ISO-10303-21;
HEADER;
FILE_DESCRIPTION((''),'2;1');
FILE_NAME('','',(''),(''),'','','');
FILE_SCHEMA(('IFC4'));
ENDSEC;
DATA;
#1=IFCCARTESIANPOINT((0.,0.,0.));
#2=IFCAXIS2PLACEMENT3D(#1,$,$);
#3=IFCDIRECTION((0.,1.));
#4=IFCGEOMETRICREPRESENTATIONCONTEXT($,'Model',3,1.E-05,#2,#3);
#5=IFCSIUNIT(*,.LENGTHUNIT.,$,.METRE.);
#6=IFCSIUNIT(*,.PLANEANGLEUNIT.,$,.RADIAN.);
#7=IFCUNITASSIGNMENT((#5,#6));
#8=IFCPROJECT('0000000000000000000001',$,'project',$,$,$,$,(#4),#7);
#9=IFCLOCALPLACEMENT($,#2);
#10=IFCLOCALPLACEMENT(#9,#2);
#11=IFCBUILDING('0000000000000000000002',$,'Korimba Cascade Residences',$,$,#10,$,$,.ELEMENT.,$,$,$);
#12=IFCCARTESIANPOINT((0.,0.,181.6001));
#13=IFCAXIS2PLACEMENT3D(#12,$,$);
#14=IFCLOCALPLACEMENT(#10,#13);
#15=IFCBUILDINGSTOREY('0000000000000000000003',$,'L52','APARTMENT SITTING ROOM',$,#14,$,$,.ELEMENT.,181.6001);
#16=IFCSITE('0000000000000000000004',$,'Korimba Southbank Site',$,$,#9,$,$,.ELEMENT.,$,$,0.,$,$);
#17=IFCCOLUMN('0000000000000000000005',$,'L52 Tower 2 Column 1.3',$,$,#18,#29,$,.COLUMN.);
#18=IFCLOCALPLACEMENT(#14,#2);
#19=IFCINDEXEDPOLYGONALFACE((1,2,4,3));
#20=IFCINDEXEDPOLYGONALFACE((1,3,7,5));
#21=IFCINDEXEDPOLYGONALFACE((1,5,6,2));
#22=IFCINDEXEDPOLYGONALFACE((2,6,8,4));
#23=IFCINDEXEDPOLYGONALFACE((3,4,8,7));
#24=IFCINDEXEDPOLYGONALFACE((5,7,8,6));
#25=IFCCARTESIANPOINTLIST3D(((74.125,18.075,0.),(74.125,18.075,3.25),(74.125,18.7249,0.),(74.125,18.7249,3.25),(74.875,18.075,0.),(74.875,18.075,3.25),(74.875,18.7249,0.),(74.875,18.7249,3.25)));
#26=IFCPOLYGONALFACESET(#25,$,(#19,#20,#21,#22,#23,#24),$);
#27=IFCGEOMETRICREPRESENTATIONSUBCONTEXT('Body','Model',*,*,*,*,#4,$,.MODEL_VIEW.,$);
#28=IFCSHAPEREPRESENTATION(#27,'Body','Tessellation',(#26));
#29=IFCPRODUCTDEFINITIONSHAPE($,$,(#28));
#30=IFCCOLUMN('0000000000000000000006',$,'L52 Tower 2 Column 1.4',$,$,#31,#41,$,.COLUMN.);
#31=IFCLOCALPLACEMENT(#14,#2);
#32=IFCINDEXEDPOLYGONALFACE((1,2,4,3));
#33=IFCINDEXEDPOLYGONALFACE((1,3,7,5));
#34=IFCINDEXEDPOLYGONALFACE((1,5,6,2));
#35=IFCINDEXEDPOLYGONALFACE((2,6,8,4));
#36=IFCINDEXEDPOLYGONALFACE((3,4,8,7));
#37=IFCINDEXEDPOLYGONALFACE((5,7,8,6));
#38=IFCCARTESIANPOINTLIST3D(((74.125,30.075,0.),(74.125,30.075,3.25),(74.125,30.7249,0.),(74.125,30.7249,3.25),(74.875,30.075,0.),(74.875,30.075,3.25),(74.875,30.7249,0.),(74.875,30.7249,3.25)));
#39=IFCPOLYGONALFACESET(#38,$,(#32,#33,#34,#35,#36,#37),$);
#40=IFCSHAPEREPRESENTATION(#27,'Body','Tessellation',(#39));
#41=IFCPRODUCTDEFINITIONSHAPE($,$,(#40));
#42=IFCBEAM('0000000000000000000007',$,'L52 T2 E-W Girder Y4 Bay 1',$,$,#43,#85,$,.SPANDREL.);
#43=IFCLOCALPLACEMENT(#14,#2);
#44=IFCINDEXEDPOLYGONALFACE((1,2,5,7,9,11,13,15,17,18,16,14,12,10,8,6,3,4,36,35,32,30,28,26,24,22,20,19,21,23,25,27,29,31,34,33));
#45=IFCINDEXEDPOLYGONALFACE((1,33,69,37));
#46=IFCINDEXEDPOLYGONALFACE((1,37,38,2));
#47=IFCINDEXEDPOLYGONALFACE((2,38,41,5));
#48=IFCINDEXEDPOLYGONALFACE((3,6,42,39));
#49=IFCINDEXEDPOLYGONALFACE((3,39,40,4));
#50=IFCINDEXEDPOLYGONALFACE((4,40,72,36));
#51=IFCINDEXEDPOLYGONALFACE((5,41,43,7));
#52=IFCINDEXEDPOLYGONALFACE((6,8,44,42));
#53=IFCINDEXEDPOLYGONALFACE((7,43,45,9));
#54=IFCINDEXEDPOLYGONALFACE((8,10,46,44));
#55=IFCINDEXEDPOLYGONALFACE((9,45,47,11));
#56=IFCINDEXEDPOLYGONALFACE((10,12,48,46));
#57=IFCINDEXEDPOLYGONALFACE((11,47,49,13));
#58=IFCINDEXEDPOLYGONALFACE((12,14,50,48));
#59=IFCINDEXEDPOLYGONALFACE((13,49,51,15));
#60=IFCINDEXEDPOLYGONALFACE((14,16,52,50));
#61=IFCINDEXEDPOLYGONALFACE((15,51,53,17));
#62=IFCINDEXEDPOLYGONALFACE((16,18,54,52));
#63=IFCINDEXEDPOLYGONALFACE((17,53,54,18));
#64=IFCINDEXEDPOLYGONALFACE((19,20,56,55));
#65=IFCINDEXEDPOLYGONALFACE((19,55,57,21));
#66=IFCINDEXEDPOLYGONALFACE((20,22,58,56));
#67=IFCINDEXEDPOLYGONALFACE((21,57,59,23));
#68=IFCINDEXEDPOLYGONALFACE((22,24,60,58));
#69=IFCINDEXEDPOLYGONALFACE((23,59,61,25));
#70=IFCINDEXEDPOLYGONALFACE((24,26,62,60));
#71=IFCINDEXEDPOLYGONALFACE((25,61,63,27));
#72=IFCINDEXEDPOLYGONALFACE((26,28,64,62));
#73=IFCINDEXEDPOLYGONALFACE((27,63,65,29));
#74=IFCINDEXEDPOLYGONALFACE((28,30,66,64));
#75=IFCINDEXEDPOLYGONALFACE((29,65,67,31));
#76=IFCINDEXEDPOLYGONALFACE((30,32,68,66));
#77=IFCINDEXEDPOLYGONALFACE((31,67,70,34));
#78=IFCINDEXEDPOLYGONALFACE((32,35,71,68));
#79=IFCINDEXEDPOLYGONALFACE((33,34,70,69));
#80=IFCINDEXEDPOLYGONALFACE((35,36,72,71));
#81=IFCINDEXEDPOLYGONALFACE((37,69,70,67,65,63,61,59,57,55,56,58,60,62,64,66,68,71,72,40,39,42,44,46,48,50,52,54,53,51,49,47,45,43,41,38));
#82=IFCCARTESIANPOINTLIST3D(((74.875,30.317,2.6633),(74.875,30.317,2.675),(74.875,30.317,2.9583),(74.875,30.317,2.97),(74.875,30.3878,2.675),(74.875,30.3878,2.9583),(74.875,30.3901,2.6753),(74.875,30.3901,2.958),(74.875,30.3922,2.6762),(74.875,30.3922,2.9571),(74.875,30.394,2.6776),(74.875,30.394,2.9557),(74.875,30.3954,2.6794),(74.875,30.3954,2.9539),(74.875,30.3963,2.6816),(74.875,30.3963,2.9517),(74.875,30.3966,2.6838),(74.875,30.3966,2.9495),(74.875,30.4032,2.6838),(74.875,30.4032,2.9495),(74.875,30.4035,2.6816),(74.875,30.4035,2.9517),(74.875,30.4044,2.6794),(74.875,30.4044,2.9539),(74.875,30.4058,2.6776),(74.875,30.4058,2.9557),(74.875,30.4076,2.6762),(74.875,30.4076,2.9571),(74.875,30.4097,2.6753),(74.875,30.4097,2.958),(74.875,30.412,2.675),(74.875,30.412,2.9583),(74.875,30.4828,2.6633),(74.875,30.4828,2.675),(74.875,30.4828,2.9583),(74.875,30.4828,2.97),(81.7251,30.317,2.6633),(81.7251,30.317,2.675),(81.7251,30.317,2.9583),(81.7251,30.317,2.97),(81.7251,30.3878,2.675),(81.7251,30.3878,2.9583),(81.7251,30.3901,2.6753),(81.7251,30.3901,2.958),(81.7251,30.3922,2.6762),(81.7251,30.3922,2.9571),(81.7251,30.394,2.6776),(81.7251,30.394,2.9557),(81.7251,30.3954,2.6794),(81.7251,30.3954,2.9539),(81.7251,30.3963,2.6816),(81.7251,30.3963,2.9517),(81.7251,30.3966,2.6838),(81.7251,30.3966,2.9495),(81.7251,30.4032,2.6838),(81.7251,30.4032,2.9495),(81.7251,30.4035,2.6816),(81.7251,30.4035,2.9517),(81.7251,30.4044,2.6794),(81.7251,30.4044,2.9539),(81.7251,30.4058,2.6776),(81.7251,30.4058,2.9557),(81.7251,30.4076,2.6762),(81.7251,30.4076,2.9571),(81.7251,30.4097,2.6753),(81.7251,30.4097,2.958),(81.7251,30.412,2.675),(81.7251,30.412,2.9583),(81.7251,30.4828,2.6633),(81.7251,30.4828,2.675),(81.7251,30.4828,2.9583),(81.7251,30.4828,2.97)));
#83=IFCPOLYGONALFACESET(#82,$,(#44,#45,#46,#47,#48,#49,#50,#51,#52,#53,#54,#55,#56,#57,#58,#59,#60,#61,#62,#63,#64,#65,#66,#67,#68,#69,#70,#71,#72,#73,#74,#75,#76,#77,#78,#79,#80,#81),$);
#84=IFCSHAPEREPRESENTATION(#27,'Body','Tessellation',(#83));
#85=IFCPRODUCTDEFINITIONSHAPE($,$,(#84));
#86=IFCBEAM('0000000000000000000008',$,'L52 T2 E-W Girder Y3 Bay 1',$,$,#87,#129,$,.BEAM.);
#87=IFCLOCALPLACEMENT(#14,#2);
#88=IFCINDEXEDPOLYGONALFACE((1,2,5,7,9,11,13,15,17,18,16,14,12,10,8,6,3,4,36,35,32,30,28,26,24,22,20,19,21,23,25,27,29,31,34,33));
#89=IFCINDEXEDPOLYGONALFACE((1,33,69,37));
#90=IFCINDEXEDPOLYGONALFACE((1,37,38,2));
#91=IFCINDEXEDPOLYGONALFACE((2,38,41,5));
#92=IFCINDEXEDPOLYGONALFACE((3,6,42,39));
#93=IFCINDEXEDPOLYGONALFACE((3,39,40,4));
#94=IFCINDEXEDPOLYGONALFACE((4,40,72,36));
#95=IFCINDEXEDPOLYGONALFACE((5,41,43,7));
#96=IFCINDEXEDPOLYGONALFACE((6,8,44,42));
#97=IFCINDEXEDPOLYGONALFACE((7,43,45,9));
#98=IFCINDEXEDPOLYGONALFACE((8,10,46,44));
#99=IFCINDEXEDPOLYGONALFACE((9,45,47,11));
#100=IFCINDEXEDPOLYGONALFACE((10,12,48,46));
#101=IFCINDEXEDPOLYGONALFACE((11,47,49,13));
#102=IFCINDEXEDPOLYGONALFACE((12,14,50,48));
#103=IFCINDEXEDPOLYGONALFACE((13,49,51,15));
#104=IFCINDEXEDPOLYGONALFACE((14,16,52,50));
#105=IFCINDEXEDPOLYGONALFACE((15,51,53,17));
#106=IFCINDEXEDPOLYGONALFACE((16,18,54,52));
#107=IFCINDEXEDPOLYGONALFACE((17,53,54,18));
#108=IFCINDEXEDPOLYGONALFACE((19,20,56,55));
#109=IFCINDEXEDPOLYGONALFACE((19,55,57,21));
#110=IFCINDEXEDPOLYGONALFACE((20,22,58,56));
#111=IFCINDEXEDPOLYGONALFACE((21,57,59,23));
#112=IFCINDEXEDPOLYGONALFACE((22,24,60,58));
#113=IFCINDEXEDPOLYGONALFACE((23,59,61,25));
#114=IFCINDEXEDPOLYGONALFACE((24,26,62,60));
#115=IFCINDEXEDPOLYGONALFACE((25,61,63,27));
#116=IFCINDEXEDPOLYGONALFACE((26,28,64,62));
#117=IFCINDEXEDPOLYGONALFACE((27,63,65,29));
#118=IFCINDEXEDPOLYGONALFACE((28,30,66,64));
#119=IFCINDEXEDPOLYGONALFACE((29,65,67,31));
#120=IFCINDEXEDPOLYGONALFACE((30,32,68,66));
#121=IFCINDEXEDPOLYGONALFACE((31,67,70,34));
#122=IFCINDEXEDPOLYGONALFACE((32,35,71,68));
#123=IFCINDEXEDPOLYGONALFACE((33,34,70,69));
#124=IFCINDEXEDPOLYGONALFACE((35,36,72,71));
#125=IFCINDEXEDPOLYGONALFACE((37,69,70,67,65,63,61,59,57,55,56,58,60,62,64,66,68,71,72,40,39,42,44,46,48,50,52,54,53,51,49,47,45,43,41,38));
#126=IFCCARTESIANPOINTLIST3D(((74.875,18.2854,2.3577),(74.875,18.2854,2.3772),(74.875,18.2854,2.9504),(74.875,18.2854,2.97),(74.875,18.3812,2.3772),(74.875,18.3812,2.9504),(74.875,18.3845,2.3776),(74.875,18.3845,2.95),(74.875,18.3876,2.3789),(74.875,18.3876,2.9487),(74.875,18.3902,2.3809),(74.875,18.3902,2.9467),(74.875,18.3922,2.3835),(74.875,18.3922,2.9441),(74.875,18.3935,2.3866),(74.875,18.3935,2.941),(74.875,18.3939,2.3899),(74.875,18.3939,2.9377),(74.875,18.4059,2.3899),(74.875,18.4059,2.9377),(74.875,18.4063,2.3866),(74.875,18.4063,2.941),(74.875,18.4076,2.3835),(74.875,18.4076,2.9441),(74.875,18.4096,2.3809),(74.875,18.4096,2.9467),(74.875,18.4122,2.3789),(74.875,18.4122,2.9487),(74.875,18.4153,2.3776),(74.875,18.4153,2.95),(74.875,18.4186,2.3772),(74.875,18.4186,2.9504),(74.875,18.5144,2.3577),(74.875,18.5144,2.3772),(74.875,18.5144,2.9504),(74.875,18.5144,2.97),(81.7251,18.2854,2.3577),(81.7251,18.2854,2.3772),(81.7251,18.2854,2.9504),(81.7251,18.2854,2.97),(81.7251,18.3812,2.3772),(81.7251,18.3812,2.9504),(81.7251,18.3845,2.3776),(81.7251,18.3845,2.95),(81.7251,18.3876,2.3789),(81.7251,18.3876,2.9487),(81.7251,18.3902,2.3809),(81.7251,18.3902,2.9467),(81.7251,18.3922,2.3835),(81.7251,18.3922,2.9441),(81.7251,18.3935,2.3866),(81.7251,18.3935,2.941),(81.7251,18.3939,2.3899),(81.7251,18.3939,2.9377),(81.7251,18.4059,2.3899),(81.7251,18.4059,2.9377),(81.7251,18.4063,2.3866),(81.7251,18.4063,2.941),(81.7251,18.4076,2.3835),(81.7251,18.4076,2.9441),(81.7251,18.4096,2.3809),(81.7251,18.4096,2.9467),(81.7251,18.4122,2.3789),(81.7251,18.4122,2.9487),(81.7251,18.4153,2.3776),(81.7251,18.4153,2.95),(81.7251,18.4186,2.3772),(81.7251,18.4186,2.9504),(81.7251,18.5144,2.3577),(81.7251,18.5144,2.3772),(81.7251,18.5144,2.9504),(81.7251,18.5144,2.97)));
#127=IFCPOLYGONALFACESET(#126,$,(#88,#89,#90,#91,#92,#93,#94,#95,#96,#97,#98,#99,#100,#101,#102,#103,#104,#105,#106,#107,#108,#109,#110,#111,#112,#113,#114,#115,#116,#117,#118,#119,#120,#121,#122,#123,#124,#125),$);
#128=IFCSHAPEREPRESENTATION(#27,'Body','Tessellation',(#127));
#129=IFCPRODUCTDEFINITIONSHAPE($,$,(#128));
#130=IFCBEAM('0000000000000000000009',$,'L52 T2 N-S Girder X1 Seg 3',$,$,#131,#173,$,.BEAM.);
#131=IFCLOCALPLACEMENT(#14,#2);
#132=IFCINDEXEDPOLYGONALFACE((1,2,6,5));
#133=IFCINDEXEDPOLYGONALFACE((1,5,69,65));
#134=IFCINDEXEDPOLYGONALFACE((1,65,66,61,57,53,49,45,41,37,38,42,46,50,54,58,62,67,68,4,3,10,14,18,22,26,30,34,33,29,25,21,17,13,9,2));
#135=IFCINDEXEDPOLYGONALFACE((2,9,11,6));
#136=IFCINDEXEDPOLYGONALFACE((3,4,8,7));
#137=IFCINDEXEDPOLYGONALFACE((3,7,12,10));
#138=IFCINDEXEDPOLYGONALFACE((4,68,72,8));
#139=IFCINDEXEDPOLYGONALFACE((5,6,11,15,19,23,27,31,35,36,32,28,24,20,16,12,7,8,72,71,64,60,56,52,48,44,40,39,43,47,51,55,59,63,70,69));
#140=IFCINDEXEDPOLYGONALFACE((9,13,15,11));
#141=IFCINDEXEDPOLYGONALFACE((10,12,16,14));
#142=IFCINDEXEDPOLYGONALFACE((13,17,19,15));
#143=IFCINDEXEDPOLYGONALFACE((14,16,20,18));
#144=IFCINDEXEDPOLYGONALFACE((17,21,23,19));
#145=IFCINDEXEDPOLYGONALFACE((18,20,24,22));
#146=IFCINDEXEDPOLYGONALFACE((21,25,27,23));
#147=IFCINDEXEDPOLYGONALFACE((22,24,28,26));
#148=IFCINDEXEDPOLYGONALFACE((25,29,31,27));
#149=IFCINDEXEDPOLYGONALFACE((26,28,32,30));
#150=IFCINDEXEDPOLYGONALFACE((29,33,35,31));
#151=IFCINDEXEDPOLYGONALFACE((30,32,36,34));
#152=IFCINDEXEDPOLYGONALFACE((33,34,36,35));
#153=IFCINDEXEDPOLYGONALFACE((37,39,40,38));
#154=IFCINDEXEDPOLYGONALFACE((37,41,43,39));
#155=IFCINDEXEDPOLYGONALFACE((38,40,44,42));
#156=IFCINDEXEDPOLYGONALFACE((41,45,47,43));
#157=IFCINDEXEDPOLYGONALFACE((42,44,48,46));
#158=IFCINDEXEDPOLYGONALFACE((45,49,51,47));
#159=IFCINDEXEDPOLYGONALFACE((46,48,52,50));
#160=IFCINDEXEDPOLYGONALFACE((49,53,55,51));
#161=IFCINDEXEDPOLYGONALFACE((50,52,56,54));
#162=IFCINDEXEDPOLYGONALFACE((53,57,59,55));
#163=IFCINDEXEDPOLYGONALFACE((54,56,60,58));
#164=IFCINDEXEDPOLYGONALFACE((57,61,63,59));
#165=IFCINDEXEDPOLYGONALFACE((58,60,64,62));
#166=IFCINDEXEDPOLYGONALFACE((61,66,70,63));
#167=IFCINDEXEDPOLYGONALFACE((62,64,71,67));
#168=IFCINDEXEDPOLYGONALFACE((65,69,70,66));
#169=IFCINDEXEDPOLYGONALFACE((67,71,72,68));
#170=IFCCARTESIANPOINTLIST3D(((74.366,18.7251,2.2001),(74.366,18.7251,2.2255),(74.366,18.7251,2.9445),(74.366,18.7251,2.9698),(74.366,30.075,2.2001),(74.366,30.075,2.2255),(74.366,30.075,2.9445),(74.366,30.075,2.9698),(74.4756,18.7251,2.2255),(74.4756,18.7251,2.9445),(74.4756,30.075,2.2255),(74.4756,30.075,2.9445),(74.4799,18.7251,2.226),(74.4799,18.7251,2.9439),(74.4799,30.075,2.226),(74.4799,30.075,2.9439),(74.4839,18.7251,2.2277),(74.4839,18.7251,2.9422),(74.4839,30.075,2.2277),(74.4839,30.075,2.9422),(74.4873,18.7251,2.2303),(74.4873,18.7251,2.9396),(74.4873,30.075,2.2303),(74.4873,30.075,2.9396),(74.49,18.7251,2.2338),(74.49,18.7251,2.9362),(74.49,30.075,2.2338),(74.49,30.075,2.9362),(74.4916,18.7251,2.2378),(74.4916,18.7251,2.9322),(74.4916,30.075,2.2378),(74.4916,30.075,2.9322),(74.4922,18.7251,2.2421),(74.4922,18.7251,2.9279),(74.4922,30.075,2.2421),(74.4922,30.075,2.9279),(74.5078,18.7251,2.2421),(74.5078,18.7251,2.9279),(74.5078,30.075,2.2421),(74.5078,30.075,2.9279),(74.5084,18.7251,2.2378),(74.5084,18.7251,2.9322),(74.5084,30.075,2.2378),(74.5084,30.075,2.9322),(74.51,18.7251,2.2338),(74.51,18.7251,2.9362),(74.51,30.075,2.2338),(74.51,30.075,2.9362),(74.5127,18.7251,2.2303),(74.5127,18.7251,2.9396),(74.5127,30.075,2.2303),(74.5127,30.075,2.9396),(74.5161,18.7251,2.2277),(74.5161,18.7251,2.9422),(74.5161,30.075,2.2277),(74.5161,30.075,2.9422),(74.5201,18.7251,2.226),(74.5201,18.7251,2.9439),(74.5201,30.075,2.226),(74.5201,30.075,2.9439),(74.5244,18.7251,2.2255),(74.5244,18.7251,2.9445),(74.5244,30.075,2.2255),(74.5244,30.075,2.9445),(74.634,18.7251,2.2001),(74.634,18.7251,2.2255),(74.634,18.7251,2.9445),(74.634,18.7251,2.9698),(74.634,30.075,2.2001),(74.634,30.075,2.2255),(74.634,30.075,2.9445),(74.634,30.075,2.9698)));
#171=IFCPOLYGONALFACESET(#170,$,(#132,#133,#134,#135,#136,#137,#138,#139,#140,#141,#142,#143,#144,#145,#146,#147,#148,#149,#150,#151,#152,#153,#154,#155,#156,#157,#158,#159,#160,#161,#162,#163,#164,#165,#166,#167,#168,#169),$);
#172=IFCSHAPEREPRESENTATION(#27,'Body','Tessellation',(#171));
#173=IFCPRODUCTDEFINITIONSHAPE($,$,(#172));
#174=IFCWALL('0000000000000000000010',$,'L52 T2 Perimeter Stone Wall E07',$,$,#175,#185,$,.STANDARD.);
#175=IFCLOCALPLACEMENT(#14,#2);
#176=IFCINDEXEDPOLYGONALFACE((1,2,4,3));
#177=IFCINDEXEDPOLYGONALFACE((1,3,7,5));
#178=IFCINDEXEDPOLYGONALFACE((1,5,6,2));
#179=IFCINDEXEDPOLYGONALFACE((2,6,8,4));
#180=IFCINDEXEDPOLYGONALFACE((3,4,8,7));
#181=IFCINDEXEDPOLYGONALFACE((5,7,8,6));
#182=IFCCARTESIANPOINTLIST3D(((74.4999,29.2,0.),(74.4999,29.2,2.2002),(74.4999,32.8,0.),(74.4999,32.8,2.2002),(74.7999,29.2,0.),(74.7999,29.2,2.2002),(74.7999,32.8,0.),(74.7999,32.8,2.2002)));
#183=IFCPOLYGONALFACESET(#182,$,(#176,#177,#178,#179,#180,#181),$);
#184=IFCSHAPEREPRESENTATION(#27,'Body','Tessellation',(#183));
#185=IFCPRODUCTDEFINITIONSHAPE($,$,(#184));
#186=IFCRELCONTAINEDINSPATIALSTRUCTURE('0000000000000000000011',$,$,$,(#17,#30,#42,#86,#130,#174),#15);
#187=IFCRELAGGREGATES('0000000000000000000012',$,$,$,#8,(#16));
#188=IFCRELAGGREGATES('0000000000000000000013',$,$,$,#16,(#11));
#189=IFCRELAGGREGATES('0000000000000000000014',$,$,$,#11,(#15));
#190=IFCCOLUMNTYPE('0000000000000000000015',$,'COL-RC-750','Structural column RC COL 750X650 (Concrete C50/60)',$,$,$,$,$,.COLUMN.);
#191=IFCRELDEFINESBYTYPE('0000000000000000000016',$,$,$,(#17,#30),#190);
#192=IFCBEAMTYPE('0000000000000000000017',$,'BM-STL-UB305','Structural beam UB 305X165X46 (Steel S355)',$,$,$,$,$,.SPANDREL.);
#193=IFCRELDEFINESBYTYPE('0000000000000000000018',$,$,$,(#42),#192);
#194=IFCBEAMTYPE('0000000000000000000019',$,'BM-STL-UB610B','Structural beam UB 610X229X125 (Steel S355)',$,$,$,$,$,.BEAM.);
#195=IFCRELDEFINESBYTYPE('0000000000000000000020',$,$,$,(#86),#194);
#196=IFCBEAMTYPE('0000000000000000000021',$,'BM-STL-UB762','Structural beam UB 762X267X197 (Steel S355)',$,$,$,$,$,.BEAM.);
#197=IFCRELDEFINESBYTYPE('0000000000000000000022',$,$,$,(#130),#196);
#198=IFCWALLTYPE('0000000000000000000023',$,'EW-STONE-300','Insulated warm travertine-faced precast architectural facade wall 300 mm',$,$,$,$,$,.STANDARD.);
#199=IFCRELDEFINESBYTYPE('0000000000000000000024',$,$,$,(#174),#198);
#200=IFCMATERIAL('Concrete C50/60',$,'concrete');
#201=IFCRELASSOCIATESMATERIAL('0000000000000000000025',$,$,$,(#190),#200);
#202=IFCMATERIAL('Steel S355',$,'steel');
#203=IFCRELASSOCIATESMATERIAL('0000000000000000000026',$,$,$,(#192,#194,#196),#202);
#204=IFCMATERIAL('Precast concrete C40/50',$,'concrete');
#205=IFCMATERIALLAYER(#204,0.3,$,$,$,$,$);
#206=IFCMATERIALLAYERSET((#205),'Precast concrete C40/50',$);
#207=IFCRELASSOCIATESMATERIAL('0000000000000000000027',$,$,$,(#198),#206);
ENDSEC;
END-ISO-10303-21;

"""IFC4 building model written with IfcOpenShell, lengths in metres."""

from ifc_helpers import new_model, si_unit, direction, frame, frame_2d, origin, origin_2d, place, context, subcontext, project, spatial, rectangle, i_section, extrude, material, layer, layer_set, material_profile, profile_set, type_object, element, save


model = new_model("IFC4")

# Units and contexts
model_context = context("Model", 3, precision=1e-05, world=origin(), true_north=direction((0.0, 1.0)))
body_context = subcontext(model_context, "Body", "Model", "MODEL_VIEW")
ifc_project = project(units=[si_unit("LENGTHUNIT", "METRE"), si_unit("PLANEANGLEUNIT", "RADIAN")], contexts=[model_context])

# Site, building, storey
site_placement = place(None, origin())
site = spatial("IfcSite", under=ifc_project, at=site_placement, Name="Korimba Southbank Site", CompositionType="ELEMENT", RefElevation=0.0)
building_placement = place(site_placement, origin())
building = spatial("IfcBuilding", under=site, at=building_placement, Name="Korimba Cascade Residences", CompositionType="ELEMENT")
storey_placement = place(building_placement, frame((0.0, 0.0, 181.6001)))
storey = spatial("IfcBuildingStorey", under=building, at=storey_placement, Name="L52", Description="APARTMENT SITTING ROOM", CompositionType="ELEMENT", Elevation=181.6001)

# Columns
ifc_material_1 = material(Name="Concrete C50/60", Category="concrete")
ifc_material_profile_1 = material_profile(ifc_material_1, rectangle(XDim=0.75, YDim=0.6499, at=origin_2d()), Name="Concrete C50/60")
ifc_profile_set_1 = profile_set([ifc_material_profile_1], Name="Concrete C50/60")
column_type = type_object("IfcColumnType", Name="COL-RC-750", Description="Structural column RC COL 750X650 (Concrete C50/60)", PredefinedType="COLUMN", material=ifc_profile_set_1)
for number, where, z_axis, x_axis, name in (
    (1, (74.5, 18.3999, 0.0), (0.0, 0.0, 1.0), (1.0, 0.0, 0.0), "L52 Tower 2 Column 1.3"),
    (2, (74.5, 30.3999, 0.0), (0.0, 0.0, 1.0), (1.0, 0.0, 0.0), "L52 Tower 2 Column 1.4"),
):
    element("IfcColumn", number, at=place(storey_placement, frame(where, z_axis=z_axis, x_axis=x_axis)), inside=storey, type_object=column_type, Name=name, PredefinedType="COLUMN", context=body_context, shape_type="SweptSolid", body=[
        extrude(rectangle(XDim=0.75, YDim=0.6499, at=origin_2d()), origin(), (0.0, 0.0, 1.0), 3.25),
    ])

# Beams
ifc_material_2 = material(Name="Steel S355", Category="steel")
ifc_material_profile_2 = material_profile(ifc_material_2, i_section(OverallWidth=0.1658, OverallDepth=0.3066, WebThickness=0.0066, FlangeThickness=0.0117, FilletRadius=0.0088, at=origin_2d()), Name="Steel S355")
ifc_profile_set_2 = profile_set([ifc_material_profile_2], Name="Steel S355")
beam_type_1 = type_object("IfcBeamType", Name="BM-STL-UB305", Description="Structural beam UB 305X165X46 (Steel S355)", PredefinedType="SPANDREL", material=ifc_profile_set_2)
beam_1_placement = place(storey_placement, frame((74.875, 30.3999, 2.8167), z_axis=(1.0, 0.0, 0.0), x_axis=(0.0, 1.0, 0.0)))
element("IfcBeam", 3, at=beam_1_placement, inside=storey, type_object=beam_type_1, Name="L52 T2 E-W Girder Y4 Bay 1", PredefinedType="SPANDREL", context=body_context, shape_type="SweptSolid", body=[
    extrude(i_section(OverallWidth=0.1658, OverallDepth=0.3066, WebThickness=0.0066, FlangeThickness=0.0117, FilletRadius=0.0088, at=origin_2d()), origin(), (0.0, 0.0, 1.0), 6.8501),
])
ifc_material_profile_3 = material_profile(ifc_material_2, i_section(OverallWidth=0.229, OverallDepth=0.6123, WebThickness=0.012, FlangeThickness=0.0195, FilletRadius=0.0127, at=origin_2d()), Name="Steel S355")
ifc_profile_set_3 = profile_set([ifc_material_profile_3], Name="Steel S355")
beam_type_2 = type_object("IfcBeamType", Name="BM-STL-UB610B", Description="Structural beam UB 610X229X125 (Steel S355)", PredefinedType="BEAM", material=ifc_profile_set_3)
beam_2_placement = place(storey_placement, frame((74.875, 18.3999, 2.6638), z_axis=(1.0, 0.0, 0.0), x_axis=(0.0, 1.0, 0.0)))
element("IfcBeam", 4, at=beam_2_placement, inside=storey, type_object=beam_type_2, Name="L52 T2 E-W Girder Y3 Bay 1", PredefinedType="BEAM", context=body_context, shape_type="SweptSolid", body=[
    extrude(i_section(OverallWidth=0.229, OverallDepth=0.6123, WebThickness=0.012, FlangeThickness=0.0195, FilletRadius=0.0127, at=origin_2d()), origin(), (0.0, 0.0, 1.0), 6.8501),
])
ifc_material_profile_4 = material_profile(ifc_material_2, i_section(OverallWidth=0.2681, OverallDepth=0.7698, WebThickness=0.0156, FlangeThickness=0.0254, FilletRadius=0.0166, at=origin_2d()), Name="Steel S355")
ifc_profile_set_4 = profile_set([ifc_material_profile_4], Name="Steel S355")
beam_type_3 = type_object("IfcBeamType", Name="BM-STL-UB762", Description="Structural beam UB 762X267X197 (Steel S355)", PredefinedType="BEAM", material=ifc_profile_set_4)
beam_3_placement = place(storey_placement, frame((74.5, 18.7251, 2.585), z_axis=(0.0, 1.0, 0.0), x_axis=(-1.0, 0.0, 0.0)))
element("IfcBeam", 5, at=beam_3_placement, inside=storey, type_object=beam_type_3, Name="L52 T2 N-S Girder X1 Seg 3", PredefinedType="BEAM", context=body_context, shape_type="SweptSolid", body=[
    extrude(i_section(OverallWidth=0.2681, OverallDepth=0.7698, WebThickness=0.0156, FlangeThickness=0.0254, FilletRadius=0.0166, at=origin_2d()), origin(), (0.0, 0.0, 1.0), 11.3499),
])

# Wall
ifc_material_3 = material(Name="Precast concrete C40/50", Category="concrete")
ifc_layer_1 = layer(ifc_material_3, 0.3)
ifc_layer_set_1 = layer_set([ifc_layer_1], Name="Precast concrete C40/50")
wall_type_1 = type_object("IfcWallType", Name="EW-STONE-300", Description="Insulated warm travertine-faced precast architectural facade wall 300 mm", PredefinedType="STANDARD", material=ifc_layer_set_1)
wall_1_placement = place(storey_placement, frame((74.6499, 32.8, 0.0), z_axis=(0.0, 0.0, 1.0), x_axis=(0.0, -1.0, 0.0)))
element("IfcWall", 6, at=wall_1_placement, inside=storey, type_object=wall_type_1, Name="L52 T2 Perimeter Stone Wall E07", PredefinedType="STANDARD", context=body_context, shape_type="SweptSolid", body=[
    extrude(rectangle(XDim=3.6001, YDim=0.3, at=frame_2d((1.8, 0.0))), origin(), (0.0, 0.0, 1.0), 2.2002),
])

save(model, "model.ifc")
